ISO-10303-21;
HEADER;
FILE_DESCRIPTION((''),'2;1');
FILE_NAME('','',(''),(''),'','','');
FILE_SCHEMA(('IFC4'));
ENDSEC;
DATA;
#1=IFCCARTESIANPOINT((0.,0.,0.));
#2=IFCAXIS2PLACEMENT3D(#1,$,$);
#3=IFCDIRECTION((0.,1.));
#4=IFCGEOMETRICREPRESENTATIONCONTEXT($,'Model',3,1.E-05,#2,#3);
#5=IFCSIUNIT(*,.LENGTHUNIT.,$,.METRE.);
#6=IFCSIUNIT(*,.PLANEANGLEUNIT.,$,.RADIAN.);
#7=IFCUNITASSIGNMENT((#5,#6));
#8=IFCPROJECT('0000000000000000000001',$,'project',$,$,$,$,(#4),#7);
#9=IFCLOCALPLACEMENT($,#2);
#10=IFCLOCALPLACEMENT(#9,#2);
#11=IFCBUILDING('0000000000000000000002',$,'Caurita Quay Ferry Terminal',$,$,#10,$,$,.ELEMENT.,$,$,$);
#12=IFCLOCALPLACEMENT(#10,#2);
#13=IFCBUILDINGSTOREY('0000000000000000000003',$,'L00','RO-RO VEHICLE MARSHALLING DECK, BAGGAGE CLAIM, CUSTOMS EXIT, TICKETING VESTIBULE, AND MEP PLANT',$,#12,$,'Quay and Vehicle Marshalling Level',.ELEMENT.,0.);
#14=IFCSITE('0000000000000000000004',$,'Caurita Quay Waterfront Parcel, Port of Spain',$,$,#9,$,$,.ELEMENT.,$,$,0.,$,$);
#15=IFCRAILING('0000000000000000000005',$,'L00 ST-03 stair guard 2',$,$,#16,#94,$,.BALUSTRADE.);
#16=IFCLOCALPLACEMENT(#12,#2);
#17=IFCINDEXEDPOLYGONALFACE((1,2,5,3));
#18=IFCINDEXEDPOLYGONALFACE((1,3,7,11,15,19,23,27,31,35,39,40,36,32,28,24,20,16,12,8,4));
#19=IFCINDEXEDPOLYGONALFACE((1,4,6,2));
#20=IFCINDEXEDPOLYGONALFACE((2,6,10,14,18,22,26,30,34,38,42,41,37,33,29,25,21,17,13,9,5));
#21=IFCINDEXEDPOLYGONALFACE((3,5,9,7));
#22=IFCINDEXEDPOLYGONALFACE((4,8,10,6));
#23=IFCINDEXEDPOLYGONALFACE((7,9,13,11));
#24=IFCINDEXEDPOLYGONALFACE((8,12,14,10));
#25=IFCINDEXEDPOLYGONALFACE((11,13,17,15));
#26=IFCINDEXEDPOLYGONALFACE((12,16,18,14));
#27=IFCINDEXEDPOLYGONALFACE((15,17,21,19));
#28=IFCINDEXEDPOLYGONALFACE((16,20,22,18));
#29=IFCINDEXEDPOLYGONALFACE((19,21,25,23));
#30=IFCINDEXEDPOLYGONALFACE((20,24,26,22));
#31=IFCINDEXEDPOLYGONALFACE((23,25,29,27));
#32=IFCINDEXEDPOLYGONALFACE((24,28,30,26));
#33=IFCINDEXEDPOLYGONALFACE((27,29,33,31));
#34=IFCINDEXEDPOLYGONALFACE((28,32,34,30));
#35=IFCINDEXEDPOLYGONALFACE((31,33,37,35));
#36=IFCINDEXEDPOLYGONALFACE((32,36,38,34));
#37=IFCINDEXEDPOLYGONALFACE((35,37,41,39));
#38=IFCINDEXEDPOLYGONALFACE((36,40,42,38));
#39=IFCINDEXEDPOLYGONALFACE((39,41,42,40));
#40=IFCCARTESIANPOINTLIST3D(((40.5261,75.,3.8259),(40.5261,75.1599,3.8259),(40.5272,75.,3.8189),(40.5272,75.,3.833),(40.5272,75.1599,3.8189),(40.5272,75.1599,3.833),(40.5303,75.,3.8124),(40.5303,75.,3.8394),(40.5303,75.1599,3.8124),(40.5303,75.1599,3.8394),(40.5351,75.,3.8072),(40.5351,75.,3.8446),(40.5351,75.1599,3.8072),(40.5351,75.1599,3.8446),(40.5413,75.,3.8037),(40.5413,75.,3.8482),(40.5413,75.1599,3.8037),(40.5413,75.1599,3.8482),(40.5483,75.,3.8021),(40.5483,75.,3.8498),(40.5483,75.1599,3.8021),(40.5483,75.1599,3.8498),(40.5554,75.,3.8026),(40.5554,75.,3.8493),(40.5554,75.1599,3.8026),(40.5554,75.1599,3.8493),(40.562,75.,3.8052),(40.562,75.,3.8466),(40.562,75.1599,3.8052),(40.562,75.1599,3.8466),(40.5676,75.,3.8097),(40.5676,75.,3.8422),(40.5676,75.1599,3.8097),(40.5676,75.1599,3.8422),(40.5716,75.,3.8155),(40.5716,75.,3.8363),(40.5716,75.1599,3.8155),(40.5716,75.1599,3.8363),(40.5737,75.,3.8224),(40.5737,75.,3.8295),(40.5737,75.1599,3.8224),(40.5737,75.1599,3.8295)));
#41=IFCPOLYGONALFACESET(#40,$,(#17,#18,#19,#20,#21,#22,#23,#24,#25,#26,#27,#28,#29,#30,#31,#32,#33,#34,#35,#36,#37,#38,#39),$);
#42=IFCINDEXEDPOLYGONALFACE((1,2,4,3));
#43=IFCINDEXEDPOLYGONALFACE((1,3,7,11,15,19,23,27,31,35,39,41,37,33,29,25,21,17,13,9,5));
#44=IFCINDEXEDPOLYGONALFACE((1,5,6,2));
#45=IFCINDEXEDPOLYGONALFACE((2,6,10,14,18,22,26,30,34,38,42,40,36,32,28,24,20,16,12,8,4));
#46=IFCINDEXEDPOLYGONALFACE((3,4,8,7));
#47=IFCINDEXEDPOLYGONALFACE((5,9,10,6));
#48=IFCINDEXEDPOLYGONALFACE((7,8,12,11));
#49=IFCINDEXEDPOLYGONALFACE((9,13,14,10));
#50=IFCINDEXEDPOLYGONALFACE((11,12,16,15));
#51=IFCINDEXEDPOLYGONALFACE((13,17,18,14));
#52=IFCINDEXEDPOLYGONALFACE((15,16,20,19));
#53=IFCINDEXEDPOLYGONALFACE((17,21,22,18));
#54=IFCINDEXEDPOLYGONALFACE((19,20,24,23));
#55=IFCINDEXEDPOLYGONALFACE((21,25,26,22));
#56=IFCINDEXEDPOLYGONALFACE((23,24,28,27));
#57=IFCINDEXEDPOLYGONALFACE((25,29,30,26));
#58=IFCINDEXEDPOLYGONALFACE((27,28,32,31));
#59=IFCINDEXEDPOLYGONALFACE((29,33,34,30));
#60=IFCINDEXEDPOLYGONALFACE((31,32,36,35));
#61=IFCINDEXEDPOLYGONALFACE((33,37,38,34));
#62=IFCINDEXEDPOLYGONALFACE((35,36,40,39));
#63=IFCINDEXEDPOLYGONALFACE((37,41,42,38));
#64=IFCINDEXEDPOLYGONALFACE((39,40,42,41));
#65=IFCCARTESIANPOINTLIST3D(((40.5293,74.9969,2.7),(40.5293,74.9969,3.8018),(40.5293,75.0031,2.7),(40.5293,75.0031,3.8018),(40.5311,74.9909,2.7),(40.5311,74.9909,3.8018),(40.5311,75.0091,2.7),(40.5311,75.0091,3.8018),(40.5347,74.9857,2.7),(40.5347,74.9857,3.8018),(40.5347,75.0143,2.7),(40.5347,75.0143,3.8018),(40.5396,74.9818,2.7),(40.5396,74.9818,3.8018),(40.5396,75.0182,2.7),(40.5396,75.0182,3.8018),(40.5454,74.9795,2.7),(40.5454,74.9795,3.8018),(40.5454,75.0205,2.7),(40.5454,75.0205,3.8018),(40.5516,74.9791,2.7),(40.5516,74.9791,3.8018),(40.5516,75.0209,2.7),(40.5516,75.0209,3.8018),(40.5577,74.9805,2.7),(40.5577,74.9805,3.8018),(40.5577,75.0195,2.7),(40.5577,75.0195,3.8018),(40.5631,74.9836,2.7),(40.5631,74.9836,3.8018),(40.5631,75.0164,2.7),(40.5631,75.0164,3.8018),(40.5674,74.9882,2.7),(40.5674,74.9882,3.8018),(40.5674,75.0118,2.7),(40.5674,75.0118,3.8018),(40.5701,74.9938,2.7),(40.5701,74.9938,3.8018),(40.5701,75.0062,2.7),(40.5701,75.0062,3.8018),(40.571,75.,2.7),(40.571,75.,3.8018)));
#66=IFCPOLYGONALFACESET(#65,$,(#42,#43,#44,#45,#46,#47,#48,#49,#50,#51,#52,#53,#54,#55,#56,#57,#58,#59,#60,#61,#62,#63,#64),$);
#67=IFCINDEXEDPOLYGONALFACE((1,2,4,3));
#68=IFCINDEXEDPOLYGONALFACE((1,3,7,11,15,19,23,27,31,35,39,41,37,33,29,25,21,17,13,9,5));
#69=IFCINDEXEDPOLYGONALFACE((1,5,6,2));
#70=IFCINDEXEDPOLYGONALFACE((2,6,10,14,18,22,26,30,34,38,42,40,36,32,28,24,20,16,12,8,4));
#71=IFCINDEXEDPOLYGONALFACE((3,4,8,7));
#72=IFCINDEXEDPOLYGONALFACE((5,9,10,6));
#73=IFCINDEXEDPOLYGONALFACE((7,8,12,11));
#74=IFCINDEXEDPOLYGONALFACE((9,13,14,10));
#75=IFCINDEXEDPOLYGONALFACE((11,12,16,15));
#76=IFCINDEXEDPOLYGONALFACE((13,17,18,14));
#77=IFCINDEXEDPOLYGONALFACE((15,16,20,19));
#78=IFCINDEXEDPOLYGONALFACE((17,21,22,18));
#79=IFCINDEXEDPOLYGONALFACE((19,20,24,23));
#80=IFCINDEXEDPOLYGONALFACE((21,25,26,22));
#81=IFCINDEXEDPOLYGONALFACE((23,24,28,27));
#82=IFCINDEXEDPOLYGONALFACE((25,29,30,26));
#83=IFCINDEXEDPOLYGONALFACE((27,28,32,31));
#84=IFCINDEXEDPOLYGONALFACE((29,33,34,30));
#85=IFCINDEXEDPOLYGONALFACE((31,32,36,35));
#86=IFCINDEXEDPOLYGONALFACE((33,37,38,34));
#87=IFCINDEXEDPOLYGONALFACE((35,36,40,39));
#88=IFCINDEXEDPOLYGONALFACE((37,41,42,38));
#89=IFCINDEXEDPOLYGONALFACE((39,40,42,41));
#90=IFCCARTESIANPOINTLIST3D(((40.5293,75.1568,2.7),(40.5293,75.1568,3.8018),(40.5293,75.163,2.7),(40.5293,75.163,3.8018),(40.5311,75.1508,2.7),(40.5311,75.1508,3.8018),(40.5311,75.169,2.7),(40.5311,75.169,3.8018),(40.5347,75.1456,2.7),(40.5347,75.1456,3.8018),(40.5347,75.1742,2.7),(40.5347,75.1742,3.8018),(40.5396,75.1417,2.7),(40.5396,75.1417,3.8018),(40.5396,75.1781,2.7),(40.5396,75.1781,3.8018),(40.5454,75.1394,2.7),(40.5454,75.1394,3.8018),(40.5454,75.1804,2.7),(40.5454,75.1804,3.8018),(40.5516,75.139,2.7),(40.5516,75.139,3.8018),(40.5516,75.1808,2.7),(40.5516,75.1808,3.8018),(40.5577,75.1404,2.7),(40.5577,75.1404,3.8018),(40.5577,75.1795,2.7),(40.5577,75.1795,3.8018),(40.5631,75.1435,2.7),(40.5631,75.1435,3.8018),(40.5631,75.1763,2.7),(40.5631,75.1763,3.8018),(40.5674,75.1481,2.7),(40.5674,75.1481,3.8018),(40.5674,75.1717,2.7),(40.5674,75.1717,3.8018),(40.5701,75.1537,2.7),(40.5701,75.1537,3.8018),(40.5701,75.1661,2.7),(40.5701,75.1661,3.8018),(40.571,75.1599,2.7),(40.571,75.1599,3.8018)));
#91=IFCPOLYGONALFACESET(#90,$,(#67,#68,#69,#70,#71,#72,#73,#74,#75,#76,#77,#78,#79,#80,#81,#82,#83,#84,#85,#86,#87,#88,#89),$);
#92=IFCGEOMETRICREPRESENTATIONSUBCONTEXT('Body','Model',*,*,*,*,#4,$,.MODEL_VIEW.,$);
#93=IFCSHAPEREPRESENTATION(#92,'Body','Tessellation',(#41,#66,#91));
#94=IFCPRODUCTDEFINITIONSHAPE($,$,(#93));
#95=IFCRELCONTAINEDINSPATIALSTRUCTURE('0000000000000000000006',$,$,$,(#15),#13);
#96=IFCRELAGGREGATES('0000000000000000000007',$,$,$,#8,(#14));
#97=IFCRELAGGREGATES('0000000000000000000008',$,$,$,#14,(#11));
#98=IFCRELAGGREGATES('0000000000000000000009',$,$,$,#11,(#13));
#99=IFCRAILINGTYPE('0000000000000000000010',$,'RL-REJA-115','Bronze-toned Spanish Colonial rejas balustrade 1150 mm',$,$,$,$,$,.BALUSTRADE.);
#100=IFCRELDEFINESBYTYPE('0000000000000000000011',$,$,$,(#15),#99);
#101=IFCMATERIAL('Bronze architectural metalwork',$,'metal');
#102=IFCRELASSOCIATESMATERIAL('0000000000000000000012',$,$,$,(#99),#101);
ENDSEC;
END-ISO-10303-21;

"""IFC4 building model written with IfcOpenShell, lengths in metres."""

from ifc_helpers import new_model, si_unit, direction, frame, origin, origin_2d, place, context, subcontext, project, spatial, circle, extrude, material, type_object, element, save


model = new_model("IFC4")

# Units and contexts
model_context = context("Model", 3, precision=1e-05, world=origin(), true_north=direction((0.0, 1.0)))
body_context = subcontext(model_context, "Body", "Model", "MODEL_VIEW")
ifc_project = project(units=[si_unit("LENGTHUNIT", "METRE"), si_unit("PLANEANGLEUNIT", "RADIAN")], contexts=[model_context])

# Site, building, storey
site_placement = place(None, origin())
site = spatial("IfcSite", under=ifc_project, at=site_placement, Name="Caurita Quay Waterfront Parcel, Port of Spain", CompositionType="ELEMENT", RefElevation=0.0)
building_placement = place(site_placement, origin())
building = spatial("IfcBuilding", under=site, at=building_placement, Name="Caurita Quay Ferry Terminal", CompositionType="ELEMENT")
storey_placement = place(building_placement, origin())
storey = spatial("IfcBuildingStorey", under=building, at=storey_placement, Name="L00", Description="RO-RO VEHICLE MARSHALLING DECK, BAGGAGE CLAIM, CUSTOMS EXIT, TICKETING VESTIBULE, AND MEP PLANT", LongName="Quay and Vehicle Marshalling Level", CompositionType="ELEMENT", Elevation=0.0)

# Railing
ifc_material_1 = material(Name="Bronze architectural metalwork", Category="metal")
railing_type_1 = type_object("IfcRailingType", Name="RL-REJA-115", Description="Bronze-toned Spanish Colonial rejas balustrade 1150 mm", PredefinedType="BALUSTRADE", material=ifc_material_1)
railing_1_placement = place(storey_placement, frame((40.55, 75.0, 2.7)))
element("IfcRailing", 1, at=railing_1_placement, inside=storey, type_object=railing_type_1, Name="L00 ST-03 stair guard 2", PredefinedType="BALUSTRADE", context=body_context, shape_type="SweptSolid", body=[
    extrude(circle(Radius=0.0239, at=origin_2d()), frame((0.0, 0.0, 1.126), z_axis=(0.0, 1.0, 0.0), x_axis=(-1.0, 0.0, 0.0)), (0.0, 0.0, 1.0), 0.1599),
    extrude(circle(Radius=0.021, at=origin_2d()), origin(), (0.0, 0.0, 1.0), 1.1018),
    extrude(circle(Radius=0.021, at=origin_2d()), frame((0.0, 0.1599, 0.0)), (0.0, 0.0, 1.0), 1.1018),
])

save(model, "model.ifc")
